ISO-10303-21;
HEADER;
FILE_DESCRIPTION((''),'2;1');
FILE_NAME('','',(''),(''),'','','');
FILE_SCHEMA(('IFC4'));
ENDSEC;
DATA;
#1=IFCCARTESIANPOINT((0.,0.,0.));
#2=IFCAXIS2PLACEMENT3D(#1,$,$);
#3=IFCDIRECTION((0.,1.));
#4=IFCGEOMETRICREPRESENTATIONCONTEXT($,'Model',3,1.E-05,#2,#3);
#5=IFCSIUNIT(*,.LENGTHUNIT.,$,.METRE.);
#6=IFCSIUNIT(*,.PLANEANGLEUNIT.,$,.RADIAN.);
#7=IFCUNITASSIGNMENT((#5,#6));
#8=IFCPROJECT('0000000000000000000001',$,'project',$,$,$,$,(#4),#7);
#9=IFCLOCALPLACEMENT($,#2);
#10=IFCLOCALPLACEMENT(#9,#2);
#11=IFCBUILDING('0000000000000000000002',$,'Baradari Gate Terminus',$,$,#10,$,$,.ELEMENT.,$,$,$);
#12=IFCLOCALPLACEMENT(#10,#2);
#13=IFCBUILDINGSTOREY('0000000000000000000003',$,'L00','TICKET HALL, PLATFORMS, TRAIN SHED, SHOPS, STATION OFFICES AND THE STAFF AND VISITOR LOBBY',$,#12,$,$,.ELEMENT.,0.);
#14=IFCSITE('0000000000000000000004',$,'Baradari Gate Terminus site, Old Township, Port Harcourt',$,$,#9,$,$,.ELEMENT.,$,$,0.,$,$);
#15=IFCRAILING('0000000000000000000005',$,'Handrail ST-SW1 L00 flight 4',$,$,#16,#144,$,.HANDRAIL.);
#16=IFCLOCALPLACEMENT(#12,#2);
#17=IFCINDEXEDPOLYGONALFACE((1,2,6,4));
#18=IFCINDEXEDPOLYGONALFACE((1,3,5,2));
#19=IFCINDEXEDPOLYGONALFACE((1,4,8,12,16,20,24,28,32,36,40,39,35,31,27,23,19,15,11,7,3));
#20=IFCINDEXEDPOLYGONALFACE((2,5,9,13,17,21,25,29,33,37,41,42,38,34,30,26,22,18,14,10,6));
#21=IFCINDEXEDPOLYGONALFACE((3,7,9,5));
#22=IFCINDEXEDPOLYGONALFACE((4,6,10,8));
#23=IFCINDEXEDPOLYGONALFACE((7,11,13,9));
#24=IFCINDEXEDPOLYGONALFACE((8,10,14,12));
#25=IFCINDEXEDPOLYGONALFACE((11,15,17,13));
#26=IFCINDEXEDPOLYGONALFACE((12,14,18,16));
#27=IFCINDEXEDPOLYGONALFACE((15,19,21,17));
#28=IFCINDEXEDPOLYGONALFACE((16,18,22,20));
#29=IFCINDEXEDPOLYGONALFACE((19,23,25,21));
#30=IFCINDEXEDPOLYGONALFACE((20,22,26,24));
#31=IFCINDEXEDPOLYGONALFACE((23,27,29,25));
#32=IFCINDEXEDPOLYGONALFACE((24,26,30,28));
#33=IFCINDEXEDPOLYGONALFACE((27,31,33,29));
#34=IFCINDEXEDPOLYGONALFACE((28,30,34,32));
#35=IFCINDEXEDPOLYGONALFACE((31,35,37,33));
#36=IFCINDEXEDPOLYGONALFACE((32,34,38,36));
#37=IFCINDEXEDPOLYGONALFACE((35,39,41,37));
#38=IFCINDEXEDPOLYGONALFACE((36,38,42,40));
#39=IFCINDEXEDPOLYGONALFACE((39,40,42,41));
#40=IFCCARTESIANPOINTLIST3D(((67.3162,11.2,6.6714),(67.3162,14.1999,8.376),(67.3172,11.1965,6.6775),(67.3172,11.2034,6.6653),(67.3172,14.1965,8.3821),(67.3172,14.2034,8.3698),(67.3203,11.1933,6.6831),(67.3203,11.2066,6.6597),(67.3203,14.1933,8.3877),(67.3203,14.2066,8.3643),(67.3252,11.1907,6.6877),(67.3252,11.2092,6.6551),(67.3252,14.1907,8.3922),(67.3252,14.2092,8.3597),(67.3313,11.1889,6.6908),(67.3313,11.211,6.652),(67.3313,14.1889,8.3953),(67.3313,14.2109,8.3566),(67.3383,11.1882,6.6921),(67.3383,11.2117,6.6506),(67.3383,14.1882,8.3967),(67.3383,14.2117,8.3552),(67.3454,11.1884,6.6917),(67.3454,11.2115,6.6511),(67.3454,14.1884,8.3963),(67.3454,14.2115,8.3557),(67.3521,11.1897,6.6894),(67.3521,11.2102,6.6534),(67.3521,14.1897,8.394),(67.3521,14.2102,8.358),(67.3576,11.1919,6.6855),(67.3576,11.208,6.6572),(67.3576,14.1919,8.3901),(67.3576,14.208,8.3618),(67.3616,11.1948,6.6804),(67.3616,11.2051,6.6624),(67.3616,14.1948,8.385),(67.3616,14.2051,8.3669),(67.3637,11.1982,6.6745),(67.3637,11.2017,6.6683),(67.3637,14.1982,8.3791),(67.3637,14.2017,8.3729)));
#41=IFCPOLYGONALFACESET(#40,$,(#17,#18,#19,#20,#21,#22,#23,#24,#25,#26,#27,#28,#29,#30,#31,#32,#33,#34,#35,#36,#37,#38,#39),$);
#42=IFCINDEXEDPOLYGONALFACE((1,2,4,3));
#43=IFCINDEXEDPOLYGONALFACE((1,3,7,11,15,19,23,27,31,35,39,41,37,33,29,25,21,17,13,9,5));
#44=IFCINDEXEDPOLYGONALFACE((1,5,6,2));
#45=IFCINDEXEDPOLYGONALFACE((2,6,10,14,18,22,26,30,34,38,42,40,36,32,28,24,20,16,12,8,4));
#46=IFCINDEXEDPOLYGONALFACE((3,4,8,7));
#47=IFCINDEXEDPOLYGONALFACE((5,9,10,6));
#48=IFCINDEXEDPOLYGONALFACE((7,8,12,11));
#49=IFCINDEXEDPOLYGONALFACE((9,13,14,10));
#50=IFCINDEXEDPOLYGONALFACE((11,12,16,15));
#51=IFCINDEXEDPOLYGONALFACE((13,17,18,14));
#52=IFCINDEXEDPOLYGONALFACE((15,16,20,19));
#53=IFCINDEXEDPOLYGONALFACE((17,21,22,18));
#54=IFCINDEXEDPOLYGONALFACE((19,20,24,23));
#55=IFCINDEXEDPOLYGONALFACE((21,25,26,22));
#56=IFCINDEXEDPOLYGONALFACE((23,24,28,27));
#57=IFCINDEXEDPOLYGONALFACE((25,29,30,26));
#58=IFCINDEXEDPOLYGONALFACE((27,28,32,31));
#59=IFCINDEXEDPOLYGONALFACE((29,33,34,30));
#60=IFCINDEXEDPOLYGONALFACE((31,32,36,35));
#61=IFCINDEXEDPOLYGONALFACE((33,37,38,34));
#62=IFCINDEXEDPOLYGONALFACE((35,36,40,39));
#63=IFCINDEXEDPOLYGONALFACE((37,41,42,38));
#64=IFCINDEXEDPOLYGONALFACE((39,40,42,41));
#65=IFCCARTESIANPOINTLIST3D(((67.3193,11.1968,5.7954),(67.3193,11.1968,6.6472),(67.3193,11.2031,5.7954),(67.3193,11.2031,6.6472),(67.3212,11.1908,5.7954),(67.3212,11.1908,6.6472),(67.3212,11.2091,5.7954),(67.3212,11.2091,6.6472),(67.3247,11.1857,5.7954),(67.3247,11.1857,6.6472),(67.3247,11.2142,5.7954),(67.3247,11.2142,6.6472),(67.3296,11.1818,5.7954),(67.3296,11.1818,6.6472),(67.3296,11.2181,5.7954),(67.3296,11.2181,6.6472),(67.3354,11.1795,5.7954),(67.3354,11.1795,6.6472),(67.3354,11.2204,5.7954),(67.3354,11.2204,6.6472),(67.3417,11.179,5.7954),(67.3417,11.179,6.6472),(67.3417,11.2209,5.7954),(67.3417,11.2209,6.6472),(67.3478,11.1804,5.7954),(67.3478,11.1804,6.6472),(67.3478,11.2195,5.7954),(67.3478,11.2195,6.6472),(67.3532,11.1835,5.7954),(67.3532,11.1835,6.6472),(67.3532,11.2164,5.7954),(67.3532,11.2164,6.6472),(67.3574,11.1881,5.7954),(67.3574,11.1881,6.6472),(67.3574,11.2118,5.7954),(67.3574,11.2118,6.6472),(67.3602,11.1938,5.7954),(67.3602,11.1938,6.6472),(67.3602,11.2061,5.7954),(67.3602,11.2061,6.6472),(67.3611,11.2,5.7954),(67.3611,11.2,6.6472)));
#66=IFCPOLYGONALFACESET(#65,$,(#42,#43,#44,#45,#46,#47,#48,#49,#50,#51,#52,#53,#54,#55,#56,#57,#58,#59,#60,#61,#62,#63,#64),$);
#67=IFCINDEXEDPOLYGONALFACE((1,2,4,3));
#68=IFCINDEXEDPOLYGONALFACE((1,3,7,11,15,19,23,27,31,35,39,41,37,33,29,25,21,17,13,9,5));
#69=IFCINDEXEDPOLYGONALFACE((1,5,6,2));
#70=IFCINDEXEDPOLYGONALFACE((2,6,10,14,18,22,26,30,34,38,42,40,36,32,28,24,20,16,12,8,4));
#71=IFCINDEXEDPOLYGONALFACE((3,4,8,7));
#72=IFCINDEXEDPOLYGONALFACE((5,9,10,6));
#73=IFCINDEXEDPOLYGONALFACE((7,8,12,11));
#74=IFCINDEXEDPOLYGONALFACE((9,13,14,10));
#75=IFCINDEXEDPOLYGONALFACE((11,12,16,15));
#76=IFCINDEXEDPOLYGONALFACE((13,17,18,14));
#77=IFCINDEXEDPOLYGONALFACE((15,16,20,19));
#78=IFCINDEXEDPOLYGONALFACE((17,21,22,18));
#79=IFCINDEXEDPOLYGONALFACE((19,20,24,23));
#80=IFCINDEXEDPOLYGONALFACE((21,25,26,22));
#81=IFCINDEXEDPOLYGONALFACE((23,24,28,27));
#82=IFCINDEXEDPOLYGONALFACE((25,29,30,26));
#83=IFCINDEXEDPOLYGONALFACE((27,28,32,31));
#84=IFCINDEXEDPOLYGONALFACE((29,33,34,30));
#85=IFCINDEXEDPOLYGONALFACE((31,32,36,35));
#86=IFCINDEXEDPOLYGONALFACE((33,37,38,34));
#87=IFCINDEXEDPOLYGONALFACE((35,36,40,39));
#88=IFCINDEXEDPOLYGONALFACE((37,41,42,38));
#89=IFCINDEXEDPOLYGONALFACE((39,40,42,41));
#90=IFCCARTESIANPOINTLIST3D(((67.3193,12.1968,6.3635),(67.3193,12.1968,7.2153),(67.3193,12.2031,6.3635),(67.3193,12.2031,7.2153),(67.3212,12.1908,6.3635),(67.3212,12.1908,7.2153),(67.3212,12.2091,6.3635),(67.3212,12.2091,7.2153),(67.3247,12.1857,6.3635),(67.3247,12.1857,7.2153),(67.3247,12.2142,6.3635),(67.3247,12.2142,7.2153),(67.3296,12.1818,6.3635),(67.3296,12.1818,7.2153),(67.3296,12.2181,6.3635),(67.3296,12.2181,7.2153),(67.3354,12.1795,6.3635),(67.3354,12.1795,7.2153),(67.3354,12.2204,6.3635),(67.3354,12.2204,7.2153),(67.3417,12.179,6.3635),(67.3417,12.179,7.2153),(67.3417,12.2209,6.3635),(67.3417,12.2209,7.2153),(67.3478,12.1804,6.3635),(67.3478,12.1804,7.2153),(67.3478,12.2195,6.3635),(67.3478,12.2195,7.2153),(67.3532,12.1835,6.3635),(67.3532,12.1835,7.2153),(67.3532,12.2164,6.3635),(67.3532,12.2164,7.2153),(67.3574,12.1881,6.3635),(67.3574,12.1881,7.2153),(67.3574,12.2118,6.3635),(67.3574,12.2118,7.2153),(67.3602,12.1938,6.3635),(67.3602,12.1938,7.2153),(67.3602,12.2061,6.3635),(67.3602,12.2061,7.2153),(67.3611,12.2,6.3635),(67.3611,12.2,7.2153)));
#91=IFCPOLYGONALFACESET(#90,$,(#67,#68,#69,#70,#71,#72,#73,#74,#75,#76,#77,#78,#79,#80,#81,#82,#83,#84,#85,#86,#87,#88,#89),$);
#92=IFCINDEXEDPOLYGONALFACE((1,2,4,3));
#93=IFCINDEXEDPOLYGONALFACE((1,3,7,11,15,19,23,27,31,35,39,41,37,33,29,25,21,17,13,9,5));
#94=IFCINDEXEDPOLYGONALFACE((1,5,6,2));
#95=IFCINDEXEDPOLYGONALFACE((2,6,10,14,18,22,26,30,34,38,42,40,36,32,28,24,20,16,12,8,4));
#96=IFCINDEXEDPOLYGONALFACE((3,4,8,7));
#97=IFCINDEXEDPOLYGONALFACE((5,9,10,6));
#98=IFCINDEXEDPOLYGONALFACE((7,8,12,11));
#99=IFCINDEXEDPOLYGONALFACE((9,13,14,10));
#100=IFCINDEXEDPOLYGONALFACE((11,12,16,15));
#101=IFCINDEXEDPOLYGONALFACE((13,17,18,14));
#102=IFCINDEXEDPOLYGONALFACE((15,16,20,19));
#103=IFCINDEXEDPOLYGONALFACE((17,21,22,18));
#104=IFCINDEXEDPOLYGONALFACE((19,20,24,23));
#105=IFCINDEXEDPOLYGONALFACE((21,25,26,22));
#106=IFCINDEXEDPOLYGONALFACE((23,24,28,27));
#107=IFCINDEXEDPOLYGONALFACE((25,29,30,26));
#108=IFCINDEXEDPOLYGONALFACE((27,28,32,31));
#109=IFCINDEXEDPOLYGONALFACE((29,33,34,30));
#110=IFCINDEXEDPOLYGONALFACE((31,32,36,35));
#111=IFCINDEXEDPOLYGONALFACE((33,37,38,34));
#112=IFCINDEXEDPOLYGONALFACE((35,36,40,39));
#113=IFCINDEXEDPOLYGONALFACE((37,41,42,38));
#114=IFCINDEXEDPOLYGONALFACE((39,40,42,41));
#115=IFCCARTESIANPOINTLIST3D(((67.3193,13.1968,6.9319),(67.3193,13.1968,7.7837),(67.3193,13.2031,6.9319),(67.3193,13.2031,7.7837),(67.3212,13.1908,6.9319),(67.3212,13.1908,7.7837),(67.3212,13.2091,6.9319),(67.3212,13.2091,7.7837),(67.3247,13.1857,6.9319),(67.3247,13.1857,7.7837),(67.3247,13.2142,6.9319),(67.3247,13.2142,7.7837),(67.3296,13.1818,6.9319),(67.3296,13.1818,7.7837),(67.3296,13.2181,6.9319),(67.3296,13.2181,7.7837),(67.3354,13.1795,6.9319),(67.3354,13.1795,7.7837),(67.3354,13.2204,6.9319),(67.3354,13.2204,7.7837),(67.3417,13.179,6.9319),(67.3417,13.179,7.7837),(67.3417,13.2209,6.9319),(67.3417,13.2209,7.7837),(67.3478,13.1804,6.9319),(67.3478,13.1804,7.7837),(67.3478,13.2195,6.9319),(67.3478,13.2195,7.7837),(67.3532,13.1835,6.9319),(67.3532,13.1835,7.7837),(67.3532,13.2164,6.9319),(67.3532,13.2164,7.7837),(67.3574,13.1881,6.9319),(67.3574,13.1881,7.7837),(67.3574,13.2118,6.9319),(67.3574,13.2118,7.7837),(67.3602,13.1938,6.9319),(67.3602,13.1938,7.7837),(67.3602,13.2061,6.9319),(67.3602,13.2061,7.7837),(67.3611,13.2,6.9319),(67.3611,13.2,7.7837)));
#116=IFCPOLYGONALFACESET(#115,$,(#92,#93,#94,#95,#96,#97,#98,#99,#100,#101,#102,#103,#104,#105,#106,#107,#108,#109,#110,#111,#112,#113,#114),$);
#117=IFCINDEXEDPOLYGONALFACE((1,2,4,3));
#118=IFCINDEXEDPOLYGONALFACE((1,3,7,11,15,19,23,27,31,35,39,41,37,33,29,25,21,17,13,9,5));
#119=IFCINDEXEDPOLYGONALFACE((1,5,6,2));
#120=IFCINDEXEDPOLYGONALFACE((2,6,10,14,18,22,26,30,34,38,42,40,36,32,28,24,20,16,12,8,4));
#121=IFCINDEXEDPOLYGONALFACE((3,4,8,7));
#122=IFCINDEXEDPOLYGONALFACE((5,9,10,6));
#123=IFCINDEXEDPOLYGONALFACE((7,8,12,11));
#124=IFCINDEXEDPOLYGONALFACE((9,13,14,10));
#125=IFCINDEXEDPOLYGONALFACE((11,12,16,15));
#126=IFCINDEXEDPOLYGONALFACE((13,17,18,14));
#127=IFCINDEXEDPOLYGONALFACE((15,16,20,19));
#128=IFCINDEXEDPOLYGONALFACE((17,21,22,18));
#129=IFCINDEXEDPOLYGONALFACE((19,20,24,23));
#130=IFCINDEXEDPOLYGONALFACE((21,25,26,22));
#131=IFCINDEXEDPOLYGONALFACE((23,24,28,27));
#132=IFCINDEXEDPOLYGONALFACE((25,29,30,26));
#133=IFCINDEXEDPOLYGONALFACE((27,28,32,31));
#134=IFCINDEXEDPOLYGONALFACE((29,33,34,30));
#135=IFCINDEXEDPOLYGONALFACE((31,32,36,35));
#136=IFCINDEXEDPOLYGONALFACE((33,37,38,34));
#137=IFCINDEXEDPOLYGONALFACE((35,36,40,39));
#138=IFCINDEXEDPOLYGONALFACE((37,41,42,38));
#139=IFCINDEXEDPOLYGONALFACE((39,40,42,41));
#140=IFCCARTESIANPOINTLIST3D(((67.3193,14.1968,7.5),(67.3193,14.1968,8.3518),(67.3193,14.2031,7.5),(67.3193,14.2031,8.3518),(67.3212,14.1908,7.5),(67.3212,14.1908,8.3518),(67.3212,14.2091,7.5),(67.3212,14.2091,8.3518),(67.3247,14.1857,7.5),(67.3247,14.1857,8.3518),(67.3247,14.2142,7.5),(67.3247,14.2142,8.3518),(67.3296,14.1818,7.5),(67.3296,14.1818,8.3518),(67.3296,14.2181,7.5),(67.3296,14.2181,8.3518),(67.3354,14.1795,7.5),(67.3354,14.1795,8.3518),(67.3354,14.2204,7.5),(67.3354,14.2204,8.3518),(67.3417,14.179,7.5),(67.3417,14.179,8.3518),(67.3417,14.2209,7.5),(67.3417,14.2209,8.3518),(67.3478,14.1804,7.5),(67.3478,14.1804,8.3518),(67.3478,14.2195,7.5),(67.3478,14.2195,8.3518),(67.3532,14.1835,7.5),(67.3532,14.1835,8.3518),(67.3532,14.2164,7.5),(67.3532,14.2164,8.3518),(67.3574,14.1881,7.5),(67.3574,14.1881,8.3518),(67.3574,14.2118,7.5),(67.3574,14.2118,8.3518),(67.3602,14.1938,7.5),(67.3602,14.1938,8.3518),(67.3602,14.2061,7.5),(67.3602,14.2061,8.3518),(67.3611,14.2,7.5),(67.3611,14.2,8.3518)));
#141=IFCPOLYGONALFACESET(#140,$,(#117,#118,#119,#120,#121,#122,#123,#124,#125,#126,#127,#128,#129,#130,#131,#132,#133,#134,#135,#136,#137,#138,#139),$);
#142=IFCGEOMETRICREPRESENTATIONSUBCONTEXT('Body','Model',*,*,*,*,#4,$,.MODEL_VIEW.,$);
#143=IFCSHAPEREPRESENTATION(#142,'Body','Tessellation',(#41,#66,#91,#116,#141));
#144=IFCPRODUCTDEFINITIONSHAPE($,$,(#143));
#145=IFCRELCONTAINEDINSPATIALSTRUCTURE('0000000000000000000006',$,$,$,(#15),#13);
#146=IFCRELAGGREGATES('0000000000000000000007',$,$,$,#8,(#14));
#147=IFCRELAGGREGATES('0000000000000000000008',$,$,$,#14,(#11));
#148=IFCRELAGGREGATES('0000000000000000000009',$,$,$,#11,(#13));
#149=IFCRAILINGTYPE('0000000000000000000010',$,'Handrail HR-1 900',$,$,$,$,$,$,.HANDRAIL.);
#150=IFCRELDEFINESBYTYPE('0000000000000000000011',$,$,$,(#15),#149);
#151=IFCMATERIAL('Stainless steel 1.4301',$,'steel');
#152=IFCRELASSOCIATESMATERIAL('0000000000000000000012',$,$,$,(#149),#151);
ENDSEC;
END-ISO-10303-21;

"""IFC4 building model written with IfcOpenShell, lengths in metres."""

from ifc_helpers import new_model, si_unit, direction, frame, origin, origin_2d, place, context, subcontext, project, spatial, circle, extrude, material, type_object, element, save


model = new_model("IFC4")

# Units and contexts
model_context = context("Model", 3, precision=1e-05, world=origin(), true_north=direction((0.0, 1.0)))
body_context = subcontext(model_context, "Body", "Model", "MODEL_VIEW")
ifc_project = project(units=[si_unit("LENGTHUNIT", "METRE"), si_unit("PLANEANGLEUNIT", "RADIAN")], contexts=[model_context])

# Site, building, storey
site_placement = place(None, origin())
site = spatial("IfcSite", under=ifc_project, at=site_placement, Name="Baradari Gate Terminus site, Old Township, Port Harcourt", CompositionType="ELEMENT", RefElevation=0.0)
building_placement = place(site_placement, origin())
building = spatial("IfcBuilding", under=site, at=building_placement, Name="Baradari Gate Terminus", CompositionType="ELEMENT")
storey_placement = place(building_placement, origin())
storey = spatial("IfcBuildingStorey", under=building, at=storey_placement, Name="L00", Description="TICKET HALL, PLATFORMS, TRAIN SHED, SHOPS, STATION OFFICES AND THE STAFF AND VISITOR LOBBY", CompositionType="ELEMENT", Elevation=0.0)

# Railing
ifc_material_1 = material(Name="Stainless steel 1.4301", Category="steel")
railing_type = type_object("IfcRailingType", Name="Handrail HR-1 900", PredefinedType="HANDRAIL", material=ifc_material_1)
railing_1_placement = place(storey_placement, frame((67.3401, 11.2, 5.7954)))
element("IfcRailing", 1, at=railing_1_placement, inside=storey, type_object=railing_type, Name="Handrail ST-SW1 L00 flight 4", PredefinedType="HANDRAIL", context=body_context, shape_type="SweptSolid", body=[
    extrude(circle(Radius=0.0239, at=origin_2d()), frame((0.0, 0.0, 0.876), z_axis=(0.0, 0.869451, 0.494019), x_axis=(-1.0, 0.0, 0.0)), (0.0, 0.0, 1.0), 3.4504),
    extrude(circle(Radius=0.021, at=origin_2d()), origin(), (0.0, 0.0, 1.0), 0.8518),
    extrude(circle(Radius=0.021, at=origin_2d()), frame((0.0, 1.0, 0.5681)), (0.0, 0.0, 1.0), 0.8518),
    extrude(circle(Radius=0.021, at=origin_2d()), frame((0.0, 2.0, 1.1365)), (0.0, 0.0, 1.0), 0.8518),
    extrude(circle(Radius=0.021, at=origin_2d()), frame((0.0, 3.0, 1.7046)), (0.0, 0.0, 1.0), 0.8518),
])

save(model, "model.ifc")
